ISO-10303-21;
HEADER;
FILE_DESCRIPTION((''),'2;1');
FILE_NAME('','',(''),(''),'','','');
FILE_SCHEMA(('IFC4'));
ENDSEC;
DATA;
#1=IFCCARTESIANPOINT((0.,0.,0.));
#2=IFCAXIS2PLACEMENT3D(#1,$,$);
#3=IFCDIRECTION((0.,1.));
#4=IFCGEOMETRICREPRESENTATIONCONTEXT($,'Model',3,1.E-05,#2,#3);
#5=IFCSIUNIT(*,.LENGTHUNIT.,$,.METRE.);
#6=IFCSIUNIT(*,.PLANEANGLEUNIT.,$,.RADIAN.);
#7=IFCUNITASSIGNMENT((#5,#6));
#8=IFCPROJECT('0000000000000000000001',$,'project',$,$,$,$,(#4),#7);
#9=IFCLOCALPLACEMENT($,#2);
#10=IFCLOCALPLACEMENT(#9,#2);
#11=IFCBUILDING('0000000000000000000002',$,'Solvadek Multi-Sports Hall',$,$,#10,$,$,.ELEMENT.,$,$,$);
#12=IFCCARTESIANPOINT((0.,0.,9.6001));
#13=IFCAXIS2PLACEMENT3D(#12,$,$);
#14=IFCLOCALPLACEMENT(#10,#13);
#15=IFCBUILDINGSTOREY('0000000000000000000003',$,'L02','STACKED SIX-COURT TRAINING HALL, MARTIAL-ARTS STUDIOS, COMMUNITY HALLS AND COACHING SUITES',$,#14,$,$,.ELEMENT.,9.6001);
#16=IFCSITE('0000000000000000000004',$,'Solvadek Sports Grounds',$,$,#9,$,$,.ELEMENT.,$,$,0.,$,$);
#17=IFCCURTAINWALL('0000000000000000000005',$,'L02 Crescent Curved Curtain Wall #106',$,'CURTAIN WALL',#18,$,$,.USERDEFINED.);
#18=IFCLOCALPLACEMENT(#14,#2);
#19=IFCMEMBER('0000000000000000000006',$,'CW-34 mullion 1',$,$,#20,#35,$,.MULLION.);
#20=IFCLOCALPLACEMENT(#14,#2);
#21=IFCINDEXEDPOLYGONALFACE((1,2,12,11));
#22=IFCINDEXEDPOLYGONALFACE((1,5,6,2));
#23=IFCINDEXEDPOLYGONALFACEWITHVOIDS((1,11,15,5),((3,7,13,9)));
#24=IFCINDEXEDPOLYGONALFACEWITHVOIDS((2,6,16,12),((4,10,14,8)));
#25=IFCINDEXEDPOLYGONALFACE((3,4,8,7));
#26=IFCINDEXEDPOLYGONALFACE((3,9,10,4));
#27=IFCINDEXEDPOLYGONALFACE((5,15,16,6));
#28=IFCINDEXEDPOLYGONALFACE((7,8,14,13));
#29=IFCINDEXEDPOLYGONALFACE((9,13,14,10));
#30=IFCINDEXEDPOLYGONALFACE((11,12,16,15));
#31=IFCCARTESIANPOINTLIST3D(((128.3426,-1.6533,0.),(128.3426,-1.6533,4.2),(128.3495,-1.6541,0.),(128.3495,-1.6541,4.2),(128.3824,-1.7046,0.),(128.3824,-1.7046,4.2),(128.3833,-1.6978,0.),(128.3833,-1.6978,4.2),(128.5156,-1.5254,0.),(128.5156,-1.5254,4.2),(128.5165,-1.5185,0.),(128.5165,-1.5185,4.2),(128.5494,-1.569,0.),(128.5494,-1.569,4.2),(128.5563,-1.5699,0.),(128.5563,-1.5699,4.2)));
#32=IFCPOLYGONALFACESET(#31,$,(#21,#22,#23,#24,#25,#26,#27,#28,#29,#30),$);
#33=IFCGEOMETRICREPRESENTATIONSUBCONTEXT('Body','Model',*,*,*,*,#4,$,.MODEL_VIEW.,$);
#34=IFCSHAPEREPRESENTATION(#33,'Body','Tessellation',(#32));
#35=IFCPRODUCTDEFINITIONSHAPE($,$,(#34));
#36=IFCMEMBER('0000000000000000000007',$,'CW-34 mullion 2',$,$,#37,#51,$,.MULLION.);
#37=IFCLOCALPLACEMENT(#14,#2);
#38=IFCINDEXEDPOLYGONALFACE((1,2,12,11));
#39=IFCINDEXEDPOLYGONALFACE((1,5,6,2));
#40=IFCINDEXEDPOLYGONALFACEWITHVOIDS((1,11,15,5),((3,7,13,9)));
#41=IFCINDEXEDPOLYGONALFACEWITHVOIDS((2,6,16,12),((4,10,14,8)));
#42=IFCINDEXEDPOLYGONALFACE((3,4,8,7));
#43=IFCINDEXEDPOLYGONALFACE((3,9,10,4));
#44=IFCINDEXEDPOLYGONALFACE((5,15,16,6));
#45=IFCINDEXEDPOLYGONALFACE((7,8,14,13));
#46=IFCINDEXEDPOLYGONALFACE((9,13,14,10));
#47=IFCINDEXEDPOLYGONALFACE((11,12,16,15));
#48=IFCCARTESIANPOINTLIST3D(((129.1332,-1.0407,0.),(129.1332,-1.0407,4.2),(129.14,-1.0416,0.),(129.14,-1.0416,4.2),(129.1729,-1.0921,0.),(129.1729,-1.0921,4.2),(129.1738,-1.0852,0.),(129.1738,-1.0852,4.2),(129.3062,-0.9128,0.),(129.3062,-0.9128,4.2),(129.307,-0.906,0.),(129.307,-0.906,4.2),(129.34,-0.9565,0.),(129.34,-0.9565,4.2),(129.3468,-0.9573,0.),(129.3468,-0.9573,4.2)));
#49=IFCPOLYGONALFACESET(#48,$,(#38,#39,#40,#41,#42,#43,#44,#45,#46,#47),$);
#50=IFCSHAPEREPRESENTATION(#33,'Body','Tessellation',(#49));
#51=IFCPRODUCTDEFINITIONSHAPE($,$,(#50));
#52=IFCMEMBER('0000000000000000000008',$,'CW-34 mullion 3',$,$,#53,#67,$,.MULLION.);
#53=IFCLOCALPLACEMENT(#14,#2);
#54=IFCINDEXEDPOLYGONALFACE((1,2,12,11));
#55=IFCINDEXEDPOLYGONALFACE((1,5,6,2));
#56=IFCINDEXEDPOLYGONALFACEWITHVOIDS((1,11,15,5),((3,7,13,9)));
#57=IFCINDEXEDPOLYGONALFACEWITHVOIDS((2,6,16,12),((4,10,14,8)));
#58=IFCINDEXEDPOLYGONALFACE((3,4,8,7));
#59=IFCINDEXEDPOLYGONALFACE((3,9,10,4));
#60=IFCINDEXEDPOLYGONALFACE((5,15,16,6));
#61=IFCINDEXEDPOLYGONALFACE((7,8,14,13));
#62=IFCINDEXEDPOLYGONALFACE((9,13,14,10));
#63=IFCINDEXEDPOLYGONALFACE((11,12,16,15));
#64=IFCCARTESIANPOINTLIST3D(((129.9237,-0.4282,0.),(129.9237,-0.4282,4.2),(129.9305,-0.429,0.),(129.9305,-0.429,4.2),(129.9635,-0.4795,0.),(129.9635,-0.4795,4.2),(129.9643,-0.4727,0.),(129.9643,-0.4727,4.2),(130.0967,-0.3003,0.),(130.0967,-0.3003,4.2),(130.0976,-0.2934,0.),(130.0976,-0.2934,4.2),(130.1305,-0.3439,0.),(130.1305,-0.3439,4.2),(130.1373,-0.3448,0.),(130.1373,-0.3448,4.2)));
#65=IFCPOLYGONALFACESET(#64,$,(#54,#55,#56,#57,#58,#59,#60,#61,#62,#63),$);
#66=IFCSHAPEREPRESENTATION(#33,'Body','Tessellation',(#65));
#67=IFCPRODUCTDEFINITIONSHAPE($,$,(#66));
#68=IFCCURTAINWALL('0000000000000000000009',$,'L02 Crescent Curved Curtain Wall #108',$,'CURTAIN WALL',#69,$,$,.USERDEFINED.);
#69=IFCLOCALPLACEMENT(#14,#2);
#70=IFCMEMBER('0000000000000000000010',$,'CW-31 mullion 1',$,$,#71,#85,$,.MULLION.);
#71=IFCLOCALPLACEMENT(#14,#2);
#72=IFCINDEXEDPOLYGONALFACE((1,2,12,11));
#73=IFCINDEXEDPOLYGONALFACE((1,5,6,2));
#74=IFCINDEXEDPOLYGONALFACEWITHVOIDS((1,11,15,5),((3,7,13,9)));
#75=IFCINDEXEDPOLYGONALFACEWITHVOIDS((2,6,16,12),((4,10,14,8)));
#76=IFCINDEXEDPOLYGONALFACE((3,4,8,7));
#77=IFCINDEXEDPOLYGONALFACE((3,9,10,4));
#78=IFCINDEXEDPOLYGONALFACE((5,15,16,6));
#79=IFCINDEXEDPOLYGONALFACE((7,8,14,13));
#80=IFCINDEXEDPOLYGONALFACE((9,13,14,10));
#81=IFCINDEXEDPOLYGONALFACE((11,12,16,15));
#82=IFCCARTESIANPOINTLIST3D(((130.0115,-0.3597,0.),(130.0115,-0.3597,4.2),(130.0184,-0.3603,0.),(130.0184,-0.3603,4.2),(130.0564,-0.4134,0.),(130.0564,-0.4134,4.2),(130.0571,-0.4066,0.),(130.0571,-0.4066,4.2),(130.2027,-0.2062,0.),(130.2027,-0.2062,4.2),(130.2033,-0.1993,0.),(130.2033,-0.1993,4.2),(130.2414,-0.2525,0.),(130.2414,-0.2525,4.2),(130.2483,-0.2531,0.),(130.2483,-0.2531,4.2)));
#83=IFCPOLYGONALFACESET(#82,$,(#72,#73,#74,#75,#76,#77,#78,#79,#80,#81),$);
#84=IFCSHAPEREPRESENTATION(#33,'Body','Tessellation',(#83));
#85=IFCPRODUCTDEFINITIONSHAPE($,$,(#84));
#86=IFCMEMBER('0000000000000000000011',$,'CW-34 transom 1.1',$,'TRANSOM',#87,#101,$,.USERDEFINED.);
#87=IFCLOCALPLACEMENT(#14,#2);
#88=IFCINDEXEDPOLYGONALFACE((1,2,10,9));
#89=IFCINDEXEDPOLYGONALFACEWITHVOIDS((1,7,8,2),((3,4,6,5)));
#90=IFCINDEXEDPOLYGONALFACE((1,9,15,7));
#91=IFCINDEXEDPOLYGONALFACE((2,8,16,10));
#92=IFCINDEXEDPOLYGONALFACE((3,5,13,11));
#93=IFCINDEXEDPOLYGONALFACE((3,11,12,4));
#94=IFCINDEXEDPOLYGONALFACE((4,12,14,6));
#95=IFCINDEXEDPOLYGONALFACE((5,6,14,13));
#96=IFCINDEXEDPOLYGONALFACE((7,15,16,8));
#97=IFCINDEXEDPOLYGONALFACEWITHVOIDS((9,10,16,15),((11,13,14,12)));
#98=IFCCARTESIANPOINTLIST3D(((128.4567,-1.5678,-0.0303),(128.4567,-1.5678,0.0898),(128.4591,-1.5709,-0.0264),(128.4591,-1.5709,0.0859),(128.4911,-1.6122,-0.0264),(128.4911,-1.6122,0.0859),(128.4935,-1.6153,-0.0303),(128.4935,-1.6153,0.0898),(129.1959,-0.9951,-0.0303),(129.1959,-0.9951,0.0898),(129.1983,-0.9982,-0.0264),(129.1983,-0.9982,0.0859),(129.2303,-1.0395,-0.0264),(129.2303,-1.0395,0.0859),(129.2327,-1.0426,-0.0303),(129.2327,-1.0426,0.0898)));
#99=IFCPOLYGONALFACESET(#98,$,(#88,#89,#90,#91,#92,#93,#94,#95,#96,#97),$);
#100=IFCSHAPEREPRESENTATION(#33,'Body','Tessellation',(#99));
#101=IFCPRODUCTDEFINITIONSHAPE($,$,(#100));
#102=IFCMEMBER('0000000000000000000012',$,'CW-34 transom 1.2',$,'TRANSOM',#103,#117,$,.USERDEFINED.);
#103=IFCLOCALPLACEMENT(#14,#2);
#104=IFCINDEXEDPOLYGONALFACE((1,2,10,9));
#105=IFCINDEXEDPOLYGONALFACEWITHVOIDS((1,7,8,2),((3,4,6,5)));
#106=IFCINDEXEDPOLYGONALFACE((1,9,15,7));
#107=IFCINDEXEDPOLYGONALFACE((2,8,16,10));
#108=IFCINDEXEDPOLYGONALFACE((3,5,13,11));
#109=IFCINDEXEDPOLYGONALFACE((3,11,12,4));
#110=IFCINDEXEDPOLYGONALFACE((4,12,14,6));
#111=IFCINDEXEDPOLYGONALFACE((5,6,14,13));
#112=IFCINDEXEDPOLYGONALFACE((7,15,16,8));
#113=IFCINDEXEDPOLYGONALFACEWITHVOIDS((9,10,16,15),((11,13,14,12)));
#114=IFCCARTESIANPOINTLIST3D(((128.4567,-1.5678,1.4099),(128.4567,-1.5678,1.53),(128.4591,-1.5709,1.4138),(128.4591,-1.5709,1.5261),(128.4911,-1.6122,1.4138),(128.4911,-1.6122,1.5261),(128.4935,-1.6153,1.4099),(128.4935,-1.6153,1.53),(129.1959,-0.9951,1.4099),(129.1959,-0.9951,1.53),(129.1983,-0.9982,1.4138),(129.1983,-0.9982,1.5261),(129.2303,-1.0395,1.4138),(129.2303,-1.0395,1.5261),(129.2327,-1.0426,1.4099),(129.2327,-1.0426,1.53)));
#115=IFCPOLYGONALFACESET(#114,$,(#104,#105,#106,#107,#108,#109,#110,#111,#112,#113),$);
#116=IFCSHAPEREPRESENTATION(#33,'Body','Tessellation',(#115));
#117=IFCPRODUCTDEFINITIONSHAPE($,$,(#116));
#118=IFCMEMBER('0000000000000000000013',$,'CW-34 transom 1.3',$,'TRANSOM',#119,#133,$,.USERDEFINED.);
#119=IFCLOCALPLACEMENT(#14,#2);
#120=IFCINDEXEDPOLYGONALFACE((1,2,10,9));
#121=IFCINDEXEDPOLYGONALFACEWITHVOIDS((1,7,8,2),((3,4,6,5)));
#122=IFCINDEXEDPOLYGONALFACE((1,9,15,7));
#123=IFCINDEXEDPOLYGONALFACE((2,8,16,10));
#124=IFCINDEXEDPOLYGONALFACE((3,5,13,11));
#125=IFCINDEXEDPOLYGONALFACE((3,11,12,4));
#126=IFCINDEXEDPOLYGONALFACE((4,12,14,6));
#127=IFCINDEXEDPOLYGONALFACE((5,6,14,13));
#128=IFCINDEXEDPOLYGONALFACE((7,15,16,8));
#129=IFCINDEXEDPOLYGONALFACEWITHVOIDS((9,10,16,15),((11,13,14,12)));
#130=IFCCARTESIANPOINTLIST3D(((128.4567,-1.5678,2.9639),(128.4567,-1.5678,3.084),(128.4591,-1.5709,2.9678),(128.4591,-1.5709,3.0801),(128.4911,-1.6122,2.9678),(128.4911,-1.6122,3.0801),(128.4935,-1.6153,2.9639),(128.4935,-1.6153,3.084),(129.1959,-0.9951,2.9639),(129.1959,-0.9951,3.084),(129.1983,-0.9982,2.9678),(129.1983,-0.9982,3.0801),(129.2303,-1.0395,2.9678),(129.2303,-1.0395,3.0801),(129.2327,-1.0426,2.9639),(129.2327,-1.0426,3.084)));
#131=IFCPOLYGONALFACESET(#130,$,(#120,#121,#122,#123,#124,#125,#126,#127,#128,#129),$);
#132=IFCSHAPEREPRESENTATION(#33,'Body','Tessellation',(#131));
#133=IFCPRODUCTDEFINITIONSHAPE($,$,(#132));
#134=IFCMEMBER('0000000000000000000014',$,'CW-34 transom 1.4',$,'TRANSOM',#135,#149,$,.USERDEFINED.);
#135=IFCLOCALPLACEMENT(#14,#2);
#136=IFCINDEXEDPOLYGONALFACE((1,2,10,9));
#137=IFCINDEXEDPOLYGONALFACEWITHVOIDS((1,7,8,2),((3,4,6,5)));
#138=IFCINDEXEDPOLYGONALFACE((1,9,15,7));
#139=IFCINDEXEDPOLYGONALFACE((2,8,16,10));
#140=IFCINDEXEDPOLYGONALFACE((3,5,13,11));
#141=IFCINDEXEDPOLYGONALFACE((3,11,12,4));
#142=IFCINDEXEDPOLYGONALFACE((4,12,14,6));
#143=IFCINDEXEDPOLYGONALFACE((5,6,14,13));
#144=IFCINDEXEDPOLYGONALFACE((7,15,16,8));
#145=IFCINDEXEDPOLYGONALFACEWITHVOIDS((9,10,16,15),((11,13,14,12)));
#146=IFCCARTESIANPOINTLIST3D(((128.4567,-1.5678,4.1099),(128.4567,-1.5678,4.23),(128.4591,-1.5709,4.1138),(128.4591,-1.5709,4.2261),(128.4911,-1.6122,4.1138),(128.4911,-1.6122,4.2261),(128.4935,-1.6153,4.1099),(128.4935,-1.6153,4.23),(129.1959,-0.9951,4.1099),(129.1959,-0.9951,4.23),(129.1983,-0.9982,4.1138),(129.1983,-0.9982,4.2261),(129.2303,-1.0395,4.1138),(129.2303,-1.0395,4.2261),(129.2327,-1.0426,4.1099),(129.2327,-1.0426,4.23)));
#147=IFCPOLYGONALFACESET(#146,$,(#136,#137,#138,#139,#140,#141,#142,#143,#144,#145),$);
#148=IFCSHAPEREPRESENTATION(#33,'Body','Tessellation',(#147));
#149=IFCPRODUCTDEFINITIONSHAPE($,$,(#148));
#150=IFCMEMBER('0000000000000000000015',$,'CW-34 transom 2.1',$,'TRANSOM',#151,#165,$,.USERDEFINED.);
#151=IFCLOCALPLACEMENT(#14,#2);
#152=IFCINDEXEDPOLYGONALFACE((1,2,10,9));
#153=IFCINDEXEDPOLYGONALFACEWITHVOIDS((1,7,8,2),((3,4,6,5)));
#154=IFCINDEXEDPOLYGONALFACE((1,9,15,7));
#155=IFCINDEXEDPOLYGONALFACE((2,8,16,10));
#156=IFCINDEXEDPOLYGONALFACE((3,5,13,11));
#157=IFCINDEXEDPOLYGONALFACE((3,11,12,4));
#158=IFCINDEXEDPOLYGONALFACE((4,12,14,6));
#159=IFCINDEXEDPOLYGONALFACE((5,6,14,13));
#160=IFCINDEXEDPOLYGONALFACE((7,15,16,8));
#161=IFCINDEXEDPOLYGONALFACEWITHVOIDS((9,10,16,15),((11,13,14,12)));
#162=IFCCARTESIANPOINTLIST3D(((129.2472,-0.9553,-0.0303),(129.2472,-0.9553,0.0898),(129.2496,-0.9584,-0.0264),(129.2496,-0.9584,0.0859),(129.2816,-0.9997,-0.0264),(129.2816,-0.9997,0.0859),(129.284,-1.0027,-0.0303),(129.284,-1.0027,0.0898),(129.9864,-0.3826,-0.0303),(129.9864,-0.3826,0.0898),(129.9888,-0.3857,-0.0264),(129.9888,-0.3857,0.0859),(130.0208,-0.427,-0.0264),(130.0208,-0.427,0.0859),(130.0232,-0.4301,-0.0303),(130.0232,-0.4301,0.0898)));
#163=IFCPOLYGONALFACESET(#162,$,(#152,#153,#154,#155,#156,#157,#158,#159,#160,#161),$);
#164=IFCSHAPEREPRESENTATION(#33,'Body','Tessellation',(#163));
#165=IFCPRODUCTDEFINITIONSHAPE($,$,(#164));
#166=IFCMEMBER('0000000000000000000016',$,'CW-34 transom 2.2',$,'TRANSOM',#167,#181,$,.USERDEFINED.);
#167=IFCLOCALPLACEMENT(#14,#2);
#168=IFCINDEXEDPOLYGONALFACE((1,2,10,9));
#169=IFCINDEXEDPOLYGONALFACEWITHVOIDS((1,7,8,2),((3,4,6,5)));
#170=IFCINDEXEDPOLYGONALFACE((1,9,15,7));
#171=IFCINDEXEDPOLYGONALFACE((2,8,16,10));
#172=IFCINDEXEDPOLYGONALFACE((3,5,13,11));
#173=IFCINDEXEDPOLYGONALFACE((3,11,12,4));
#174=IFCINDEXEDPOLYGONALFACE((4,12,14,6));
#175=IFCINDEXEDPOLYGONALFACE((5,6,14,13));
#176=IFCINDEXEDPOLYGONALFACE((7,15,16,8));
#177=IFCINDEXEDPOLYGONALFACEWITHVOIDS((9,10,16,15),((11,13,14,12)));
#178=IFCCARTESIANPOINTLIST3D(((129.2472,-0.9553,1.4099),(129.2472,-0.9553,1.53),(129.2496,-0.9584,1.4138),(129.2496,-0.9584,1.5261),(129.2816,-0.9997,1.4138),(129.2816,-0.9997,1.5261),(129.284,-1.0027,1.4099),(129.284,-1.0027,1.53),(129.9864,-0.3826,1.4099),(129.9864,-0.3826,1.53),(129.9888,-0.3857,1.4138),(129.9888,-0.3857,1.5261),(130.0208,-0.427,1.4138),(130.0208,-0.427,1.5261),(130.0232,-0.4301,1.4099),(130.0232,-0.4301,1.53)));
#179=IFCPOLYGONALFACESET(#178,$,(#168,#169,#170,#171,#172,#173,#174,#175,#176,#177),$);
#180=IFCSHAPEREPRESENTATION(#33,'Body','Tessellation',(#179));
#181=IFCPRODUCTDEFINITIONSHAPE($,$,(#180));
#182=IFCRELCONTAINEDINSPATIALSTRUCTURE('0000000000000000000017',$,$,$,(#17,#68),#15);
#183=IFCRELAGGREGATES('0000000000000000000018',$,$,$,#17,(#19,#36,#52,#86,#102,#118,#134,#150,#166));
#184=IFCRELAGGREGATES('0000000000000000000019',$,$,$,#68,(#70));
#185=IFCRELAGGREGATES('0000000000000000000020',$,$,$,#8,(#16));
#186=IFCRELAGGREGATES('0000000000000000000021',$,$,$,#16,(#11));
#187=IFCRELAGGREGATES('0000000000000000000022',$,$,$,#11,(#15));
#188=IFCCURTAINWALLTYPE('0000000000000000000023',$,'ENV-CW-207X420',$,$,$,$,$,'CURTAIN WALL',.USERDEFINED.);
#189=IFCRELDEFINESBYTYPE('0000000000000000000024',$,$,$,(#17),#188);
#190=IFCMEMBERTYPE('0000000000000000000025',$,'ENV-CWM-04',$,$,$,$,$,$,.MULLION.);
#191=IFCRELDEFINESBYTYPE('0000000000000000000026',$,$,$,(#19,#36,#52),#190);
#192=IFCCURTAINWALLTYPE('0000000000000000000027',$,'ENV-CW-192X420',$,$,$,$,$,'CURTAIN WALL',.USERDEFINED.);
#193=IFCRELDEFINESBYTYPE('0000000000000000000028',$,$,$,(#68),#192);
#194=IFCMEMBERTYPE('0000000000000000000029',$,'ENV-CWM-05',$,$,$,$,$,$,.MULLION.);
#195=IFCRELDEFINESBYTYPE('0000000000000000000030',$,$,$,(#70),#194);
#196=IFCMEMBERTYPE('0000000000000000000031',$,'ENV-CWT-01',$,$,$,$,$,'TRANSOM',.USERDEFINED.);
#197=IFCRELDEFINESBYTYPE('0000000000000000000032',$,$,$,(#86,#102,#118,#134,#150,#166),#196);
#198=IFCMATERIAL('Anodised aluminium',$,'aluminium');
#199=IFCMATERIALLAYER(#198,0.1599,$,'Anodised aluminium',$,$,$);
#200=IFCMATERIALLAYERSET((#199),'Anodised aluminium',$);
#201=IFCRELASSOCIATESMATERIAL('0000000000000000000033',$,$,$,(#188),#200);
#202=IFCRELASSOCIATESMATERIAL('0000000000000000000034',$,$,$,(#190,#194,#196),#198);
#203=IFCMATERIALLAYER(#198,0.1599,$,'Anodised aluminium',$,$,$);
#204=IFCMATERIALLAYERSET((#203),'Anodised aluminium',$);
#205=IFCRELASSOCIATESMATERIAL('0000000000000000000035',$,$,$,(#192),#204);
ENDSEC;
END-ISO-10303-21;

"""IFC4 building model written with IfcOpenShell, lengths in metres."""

from ifc_helpers import new_model, si_unit, direction, frame, origin, origin_2d, place, context, subcontext, project, spatial, hollow_rectangle, extrude, material, layer, layer_set, material_profile, profile_set, type_object, element, aggregate, save


model = new_model("IFC4")

# Units and contexts
model_context = context("Model", 3, precision=1e-05, world=origin(), true_north=direction((0.0, 1.0)))
body_context = subcontext(model_context, "Body", "Model", "MODEL_VIEW")
ifc_project = project(units=[si_unit("LENGTHUNIT", "METRE"), si_unit("PLANEANGLEUNIT", "RADIAN")], contexts=[model_context])

# Site, building, storey
site_placement = place(None, origin())
site = spatial("IfcSite", under=ifc_project, at=site_placement, Name="Solvadek Sports Grounds", CompositionType="ELEMENT", RefElevation=0.0)
building_placement = place(site_placement, origin())
building = spatial("IfcBuilding", under=site, at=building_placement, Name="Solvadek Multi-Sports Hall", CompositionType="ELEMENT")
storey_placement = place(building_placement, frame((0.0, 0.0, 9.6001)))
storey = spatial("IfcBuildingStorey", under=building, at=storey_placement, Name="L02", Description="STACKED SIX-COURT TRAINING HALL, MARTIAL-ARTS STUDIOS, COMMUNITY HALLS AND COACHING SUITES", CompositionType="ELEMENT", Elevation=9.6001)

# Curtain wall, members
ifc_material_1 = material(Name="Anodised aluminium", Category="aluminium")
ifc_layer_1 = layer(ifc_material_1, 0.1599, Name="Anodised aluminium")
ifc_layer_set_1 = layer_set([ifc_layer_1], Name="Anodised aluminium")
curtain_wall_type_1 = type_object("IfcCurtainWallType", Name="ENV-CW-207X420", ElementType="CURTAIN WALL", PredefinedType="USERDEFINED", material=ifc_layer_set_1)
curtain_wall_1_placement = place(storey_placement, origin())
curtain_wall_1 = element("IfcCurtainWall", 1, at=curtain_wall_1_placement, inside=storey, type_object=curtain_wall_type_1, Name="L02 Crescent Curved Curtain Wall #106", ObjectType="CURTAIN WALL", PredefinedType="USERDEFINED")
ifc_material_profile_1 = material_profile(ifc_material_1, hollow_rectangle(XDim=0.0649, YDim=0.22, WallThickness=0.0049, at=origin_2d()), Name="ALU-M 220x65x5")
ifc_profile_set_1 = profile_set([ifc_material_profile_1], Name="Anodised aluminium")
member_type_1 = type_object("IfcMemberType", Name="ENV-CWM-04", PredefinedType="MULLION", material=ifc_profile_set_1)
member_1_placement = place(storey_placement, frame((128.4495, -1.6116, 0.0), z_axis=(0.0, 0.0, 1.0), x_axis=(-0.612461, 0.790501, 0.0)))
member_1 = element("IfcMember", 2, at=member_1_placement, type_object=member_type_1, Name="CW-34 mullion 1", PredefinedType="MULLION", context=body_context, shape_type="SweptSolid", body=[
    extrude(hollow_rectangle(XDim=0.0649, YDim=0.22, WallThickness=0.0049, at=origin_2d()), origin(), (0.0, 0.0, 1.0), 4.2),
])
member_2_placement = place(storey_placement, frame((129.24, -0.999, 0.0), z_axis=(0.0, 0.0, 1.0), x_axis=(-0.612461, 0.790501, 0.0)))
member_2 = element("IfcMember", 3, at=member_2_placement, type_object=member_type_1, Name="CW-34 mullion 2", PredefinedType="MULLION", context=body_context, shape_type="SweptSolid", body=[
    extrude(hollow_rectangle(XDim=0.0649, YDim=0.22, WallThickness=0.0049, at=origin_2d()), origin(), (0.0, 0.0, 1.0), 4.2),
])
member_3_placement = place(storey_placement, frame((130.0305, -0.3865, 0.0), z_axis=(0.0, 0.0, 1.0), x_axis=(-0.612461, 0.790501, 0.0)))
member_3 = element("IfcMember", 4, at=member_3_placement, type_object=member_type_1, Name="CW-34 mullion 3", PredefinedType="MULLION", context=body_context, shape_type="SweptSolid", body=[
    extrude(hollow_rectangle(XDim=0.0649, YDim=0.22, WallThickness=0.0049, at=origin_2d()), origin(), (0.0, 0.0, 1.0), 4.2),
])

# Curtain wall, member
ifc_layer_2 = layer(ifc_material_1, 0.1599, Name="Anodised aluminium")
ifc_layer_set_2 = layer_set([ifc_layer_2], Name="Anodised aluminium")
curtain_wall_type_2 = type_object("IfcCurtainWallType", Name="ENV-CW-192X420", ElementType="CURTAIN WALL", PredefinedType="USERDEFINED", material=ifc_layer_set_2)
curtain_wall_2_placement = place(storey_placement, origin())
curtain_wall_2 = element("IfcCurtainWall", 5, at=curtain_wall_2_placement, inside=storey, type_object=curtain_wall_type_2, Name="L02 Crescent Curved Curtain Wall #108", ObjectType="CURTAIN WALL", PredefinedType="USERDEFINED")
ifc_material_profile_2 = material_profile(ifc_material_1, hollow_rectangle(XDim=0.0701, YDim=0.25, WallThickness=0.0049, at=origin_2d()), Name="ALU-M 250x70x5")
ifc_profile_set_2 = profile_set([ifc_material_profile_2], Name="Anodised aluminium")
member_type_2 = type_object("IfcMemberType", Name="ENV-CWM-05", PredefinedType="MULLION", material=ifc_profile_set_2)
member_4_placement = place(storey_placement, frame((130.1299, -0.3064, 0.0), z_axis=(0.0, 0.0, 1.0), x_axis=(-0.641347, 0.767251, 0.0)))
member_4 = element("IfcMember", 6, at=member_4_placement, type_object=member_type_2, Name="CW-31 mullion 1", PredefinedType="MULLION", context=body_context, shape_type="SweptSolid", body=[
    extrude(hollow_rectangle(XDim=0.0701, YDim=0.25, WallThickness=0.0049, at=origin_2d()), origin(), (0.0, 0.0, 1.0), 4.2),
])

# Members
ifc_material_profile_3 = material_profile(ifc_material_1, hollow_rectangle(XDim=0.0601, YDim=0.1201, WallThickness=0.0039, at=origin_2d()), Name="ALU-T 120x60x4")
ifc_profile_set_3 = profile_set([ifc_material_profile_3], Name="Anodised aluminium")
member_type_3 = type_object("IfcMemberType", Name="ENV-CWT-01", ElementType="TRANSOM", PredefinedType="USERDEFINED", material=ifc_profile_set_3)
member_5_placement = place(storey_placement, frame((128.4751, -1.5916, 0.0298), z_axis=(0.790504, 0.612457, 0.0), x_axis=(-0.612457, 0.790504, 0.0)))
member_5 = element("IfcMember", 7, at=member_5_placement, type_object=member_type_3, Name="CW-34 transom 1.1", ObjectType="TRANSOM", PredefinedType="USERDEFINED", context=body_context, shape_type="SweptSolid", body=[
    extrude(hollow_rectangle(XDim=0.0601, YDim=0.1201, WallThickness=0.0039, at=origin_2d()), origin(), (0.0, 0.0, 1.0), 0.9351),
])
member_6_placement = place(storey_placement, frame((128.4751, -1.5916, 1.47), z_axis=(0.790504, 0.612457, 0.0), x_axis=(-0.612457, 0.790504, 0.0)))
member_6 = element("IfcMember", 8, at=member_6_placement, type_object=member_type_3, Name="CW-34 transom 1.2", ObjectType="TRANSOM", PredefinedType="USERDEFINED", context=body_context, shape_type="SweptSolid", body=[
    extrude(hollow_rectangle(XDim=0.0601, YDim=0.1201, WallThickness=0.0039, at=origin_2d()), origin(), (0.0, 0.0, 1.0), 0.9351),
])
member_7_placement = place(storey_placement, frame((128.4751, -1.5916, 3.0239), z_axis=(0.790504, 0.612457, 0.0), x_axis=(-0.612457, 0.790504, 0.0)))
member_7 = element("IfcMember", 9, at=member_7_placement, type_object=member_type_3, Name="CW-34 transom 1.3", ObjectType="TRANSOM", PredefinedType="USERDEFINED", context=body_context, shape_type="SweptSolid", body=[
    extrude(hollow_rectangle(XDim=0.0601, YDim=0.1201, WallThickness=0.0039, at=origin_2d()), origin(), (0.0, 0.0, 1.0), 0.9351),
])
member_8_placement = place(storey_placement, frame((128.4751, -1.5916, 4.1699), z_axis=(0.790504, 0.612457, 0.0), x_axis=(-0.612457, 0.790504, 0.0)))
member_8 = element("IfcMember", 10, at=member_8_placement, type_object=member_type_3, Name="CW-34 transom 1.4", ObjectType="TRANSOM", PredefinedType="USERDEFINED", context=body_context, shape_type="SweptSolid", body=[
    extrude(hollow_rectangle(XDim=0.0601, YDim=0.1201, WallThickness=0.0039, at=origin_2d()), origin(), (0.0, 0.0, 1.0), 0.9351),
])
member_9_placement = place(storey_placement, frame((129.2656, -0.979, 0.0298), z_axis=(0.790504, 0.612457, 0.0), x_axis=(-0.612457, 0.790504, 0.0)))
member_9 = element("IfcMember", 11, at=member_9_placement, type_object=member_type_3, Name="CW-34 transom 2.1", ObjectType="TRANSOM", PredefinedType="USERDEFINED", context=body_context, shape_type="SweptSolid", body=[
    extrude(hollow_rectangle(XDim=0.0601, YDim=0.1201, WallThickness=0.0039, at=origin_2d()), origin(), (0.0, 0.0, 1.0), 0.9351),
])
member_10_placement = place(storey_placement, frame((129.2656, -0.979, 1.47), z_axis=(0.790504, 0.612457, 0.0), x_axis=(-0.612457, 0.790504, 0.0)))
member_10 = element("IfcMember", 12, at=member_10_placement, type_object=member_type_3, Name="CW-34 transom 2.2", ObjectType="TRANSOM", PredefinedType="USERDEFINED", context=body_context, shape_type="SweptSolid", body=[
    extrude(hollow_rectangle(XDim=0.0601, YDim=0.1201, WallThickness=0.0039, at=origin_2d()), origin(), (0.0, 0.0, 1.0), 0.9351),
])

aggregate(curtain_wall_1, [member_1, member_2, member_3, member_5, member_6, member_7, member_8, member_9, member_10])
aggregate(curtain_wall_2, [member_4])

save(model, "model.ifc")
